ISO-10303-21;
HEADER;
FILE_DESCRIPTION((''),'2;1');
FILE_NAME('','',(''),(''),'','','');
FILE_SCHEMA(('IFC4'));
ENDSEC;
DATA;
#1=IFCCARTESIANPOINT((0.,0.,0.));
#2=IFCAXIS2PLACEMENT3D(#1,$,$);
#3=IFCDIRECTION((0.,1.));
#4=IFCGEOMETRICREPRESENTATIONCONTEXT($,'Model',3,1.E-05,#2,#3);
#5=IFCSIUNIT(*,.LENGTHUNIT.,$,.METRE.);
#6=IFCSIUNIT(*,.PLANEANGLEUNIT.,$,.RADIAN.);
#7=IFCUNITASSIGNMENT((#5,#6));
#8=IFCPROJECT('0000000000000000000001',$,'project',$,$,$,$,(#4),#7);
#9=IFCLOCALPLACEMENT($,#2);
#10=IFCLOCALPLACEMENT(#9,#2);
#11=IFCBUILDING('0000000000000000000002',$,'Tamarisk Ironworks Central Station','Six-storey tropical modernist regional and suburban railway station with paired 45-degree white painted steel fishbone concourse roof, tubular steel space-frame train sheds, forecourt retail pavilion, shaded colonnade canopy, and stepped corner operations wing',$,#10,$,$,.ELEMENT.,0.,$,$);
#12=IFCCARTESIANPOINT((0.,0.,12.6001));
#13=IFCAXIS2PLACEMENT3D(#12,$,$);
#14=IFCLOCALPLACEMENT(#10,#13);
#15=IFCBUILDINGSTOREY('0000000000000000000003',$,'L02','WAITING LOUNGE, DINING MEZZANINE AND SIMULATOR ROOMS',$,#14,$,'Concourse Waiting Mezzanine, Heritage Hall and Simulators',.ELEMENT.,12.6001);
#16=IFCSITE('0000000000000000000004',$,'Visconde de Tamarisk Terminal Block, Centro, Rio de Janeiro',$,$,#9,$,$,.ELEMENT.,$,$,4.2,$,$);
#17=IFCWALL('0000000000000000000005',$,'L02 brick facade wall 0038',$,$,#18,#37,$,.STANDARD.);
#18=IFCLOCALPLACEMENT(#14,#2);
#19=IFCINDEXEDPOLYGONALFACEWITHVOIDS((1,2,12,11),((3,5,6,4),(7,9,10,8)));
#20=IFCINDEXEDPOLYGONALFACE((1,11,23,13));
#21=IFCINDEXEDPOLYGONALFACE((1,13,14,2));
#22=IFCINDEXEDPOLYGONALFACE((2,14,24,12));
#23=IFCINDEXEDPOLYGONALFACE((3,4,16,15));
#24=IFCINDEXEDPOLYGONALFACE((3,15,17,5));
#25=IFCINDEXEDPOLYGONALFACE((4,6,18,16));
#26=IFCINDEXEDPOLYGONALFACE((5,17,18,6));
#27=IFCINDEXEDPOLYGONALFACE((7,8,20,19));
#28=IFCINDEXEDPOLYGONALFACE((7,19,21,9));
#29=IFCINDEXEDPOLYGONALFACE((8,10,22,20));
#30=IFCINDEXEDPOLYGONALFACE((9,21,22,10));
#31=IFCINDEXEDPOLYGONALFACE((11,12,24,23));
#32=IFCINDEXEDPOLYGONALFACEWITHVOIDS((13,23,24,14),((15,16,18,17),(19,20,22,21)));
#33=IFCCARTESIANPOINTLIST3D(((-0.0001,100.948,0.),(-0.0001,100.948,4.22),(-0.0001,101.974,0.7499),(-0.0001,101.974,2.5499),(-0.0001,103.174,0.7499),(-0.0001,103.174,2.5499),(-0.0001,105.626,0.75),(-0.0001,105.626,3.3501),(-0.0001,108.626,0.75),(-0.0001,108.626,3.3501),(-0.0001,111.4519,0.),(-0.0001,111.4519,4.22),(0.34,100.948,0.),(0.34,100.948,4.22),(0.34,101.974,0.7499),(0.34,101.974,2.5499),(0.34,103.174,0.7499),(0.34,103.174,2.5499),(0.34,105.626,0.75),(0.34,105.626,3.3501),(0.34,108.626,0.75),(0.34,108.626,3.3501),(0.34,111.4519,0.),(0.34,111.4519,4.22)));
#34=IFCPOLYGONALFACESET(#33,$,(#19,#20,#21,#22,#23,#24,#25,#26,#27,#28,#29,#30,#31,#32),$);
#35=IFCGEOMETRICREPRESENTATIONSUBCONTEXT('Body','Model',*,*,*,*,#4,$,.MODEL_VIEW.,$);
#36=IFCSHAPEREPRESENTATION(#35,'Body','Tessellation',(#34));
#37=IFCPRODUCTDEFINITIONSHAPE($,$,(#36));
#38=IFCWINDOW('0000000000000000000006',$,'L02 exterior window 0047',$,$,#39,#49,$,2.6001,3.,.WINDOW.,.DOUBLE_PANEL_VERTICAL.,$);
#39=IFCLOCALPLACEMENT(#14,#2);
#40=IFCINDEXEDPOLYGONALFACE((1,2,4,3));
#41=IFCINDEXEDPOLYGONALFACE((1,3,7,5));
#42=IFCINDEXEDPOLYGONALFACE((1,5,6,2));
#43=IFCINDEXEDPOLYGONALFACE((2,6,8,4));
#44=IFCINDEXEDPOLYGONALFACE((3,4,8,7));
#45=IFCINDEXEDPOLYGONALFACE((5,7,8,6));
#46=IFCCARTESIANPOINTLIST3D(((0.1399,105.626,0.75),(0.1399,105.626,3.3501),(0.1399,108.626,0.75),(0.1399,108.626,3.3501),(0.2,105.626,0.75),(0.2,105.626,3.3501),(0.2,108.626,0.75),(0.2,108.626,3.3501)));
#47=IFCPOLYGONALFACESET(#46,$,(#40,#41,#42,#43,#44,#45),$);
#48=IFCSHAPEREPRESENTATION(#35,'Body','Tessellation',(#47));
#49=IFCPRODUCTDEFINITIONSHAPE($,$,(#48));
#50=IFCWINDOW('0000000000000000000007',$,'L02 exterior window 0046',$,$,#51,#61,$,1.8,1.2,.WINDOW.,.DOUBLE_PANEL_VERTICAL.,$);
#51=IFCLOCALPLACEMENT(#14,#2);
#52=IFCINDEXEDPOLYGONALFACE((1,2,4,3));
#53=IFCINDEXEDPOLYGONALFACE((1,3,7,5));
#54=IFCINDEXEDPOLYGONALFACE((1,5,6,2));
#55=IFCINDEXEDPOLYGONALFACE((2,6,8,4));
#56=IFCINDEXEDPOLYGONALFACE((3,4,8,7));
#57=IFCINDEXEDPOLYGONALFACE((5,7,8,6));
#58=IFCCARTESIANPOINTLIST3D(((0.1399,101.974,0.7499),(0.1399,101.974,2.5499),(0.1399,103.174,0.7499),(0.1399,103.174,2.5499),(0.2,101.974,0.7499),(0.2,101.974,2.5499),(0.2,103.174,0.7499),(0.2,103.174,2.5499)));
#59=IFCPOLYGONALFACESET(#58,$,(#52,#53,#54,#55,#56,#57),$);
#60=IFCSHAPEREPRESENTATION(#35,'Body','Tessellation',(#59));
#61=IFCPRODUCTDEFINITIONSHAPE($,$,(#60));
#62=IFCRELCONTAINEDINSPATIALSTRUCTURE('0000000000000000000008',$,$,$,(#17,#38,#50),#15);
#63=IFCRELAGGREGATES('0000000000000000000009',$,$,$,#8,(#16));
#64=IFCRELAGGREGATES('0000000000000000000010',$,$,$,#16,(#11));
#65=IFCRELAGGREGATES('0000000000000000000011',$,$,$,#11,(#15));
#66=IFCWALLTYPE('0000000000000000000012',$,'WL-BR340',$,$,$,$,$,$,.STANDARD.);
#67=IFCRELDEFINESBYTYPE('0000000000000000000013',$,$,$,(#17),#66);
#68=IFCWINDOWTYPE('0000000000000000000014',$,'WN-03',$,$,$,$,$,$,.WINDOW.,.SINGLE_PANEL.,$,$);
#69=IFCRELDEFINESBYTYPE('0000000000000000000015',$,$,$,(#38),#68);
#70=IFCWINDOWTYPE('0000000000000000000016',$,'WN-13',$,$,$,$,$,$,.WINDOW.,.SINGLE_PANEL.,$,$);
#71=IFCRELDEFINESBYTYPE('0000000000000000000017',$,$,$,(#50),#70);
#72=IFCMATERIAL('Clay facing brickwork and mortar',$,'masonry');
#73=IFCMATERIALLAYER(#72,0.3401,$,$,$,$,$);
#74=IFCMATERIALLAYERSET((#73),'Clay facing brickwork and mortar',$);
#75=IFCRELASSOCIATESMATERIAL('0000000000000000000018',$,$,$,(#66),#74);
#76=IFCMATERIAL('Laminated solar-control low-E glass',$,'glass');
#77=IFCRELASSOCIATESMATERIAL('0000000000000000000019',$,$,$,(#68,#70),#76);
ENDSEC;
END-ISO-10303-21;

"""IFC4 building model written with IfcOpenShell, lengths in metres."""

from ifc_helpers import new_model, si_unit, direction, frame, frame_2d, origin, place, context, subcontext, project, spatial, rectangle, extrude, material, layer, layer_set, type_object, element, fill, save


model = new_model("IFC4")

# Units and contexts
model_context = context("Model", 3, precision=1e-05, world=origin(), true_north=direction((0.0, 1.0)))
body_context = subcontext(model_context, "Body", "Model", "MODEL_VIEW")
ifc_project = project(units=[si_unit("LENGTHUNIT", "METRE"), si_unit("PLANEANGLEUNIT", "RADIAN")], contexts=[model_context])

# Site, building, storey
site_placement = place(None, origin())
site = spatial("IfcSite", under=ifc_project, at=site_placement, Name="Visconde de Tamarisk Terminal Block, Centro, Rio de Janeiro", CompositionType="ELEMENT", RefElevation=4.2)
building_placement = place(site_placement, origin())
building = spatial("IfcBuilding", under=site, at=building_placement, Name="Tamarisk Ironworks Central Station", Description="Six-storey tropical modernist regional and suburban railway station with paired 45-degree white painted steel fishbone concourse roof, tubular steel space-frame train sheds, forecourt retail pavilion, shaded colonnade canopy, and stepped corner operations wing", CompositionType="ELEMENT", ElevationOfRefHeight=0.0)
storey_placement = place(building_placement, frame((0.0, 0.0, 12.6001)))
storey = spatial("IfcBuildingStorey", under=building, at=storey_placement, Name="L02", Description="WAITING LOUNGE, DINING MEZZANINE AND SIMULATOR ROOMS", LongName="Concourse Waiting Mezzanine, Heritage Hall and Simulators", CompositionType="ELEMENT", Elevation=12.6001)

# Shared definitions
ifc_material_1 = material(Name="Laminated solar-control low-E glass", Category="glass")

# Wall, openings, windows
ifc_material_2 = material(Name="Clay facing brickwork and mortar", Category="masonry")
ifc_layer_1 = layer(ifc_material_2, 0.3401)
ifc_layer_set_1 = layer_set([ifc_layer_1], Name="Clay facing brickwork and mortar")
wall_type = type_object("IfcWallType", Name="WL-BR340", PredefinedType="STANDARD", material=ifc_layer_set_1)
window_type_1 = type_object("IfcWindowType", Name="WN-03", PartitioningType="SINGLE_PANEL", PredefinedType="WINDOW", material=ifc_material_1)
wall_1_placement = place(storey_placement, frame((0.1699, 100.948, 0.0), z_axis=(0.0, 0.0, 1.0), x_axis=(0.0, 1.0, 0.0)))
wall_1 = element("IfcWall", 1, at=wall_1_placement, inside=storey, type_object=wall_type, Name="L02 brick facade wall 0038", PredefinedType="STANDARD", context=body_context, shape_type="SweptSolid", body=[
    extrude(rectangle(XDim=10.5039, YDim=0.3401, at=frame_2d((5.252, 0.0))), origin(), (0.0, 0.0, 1.0), 4.22),
])
opening_1_placement = place(wall_1_placement, frame((1.0259, 0.0, 0.75)))
opening_1 = element("IfcOpeningElement", 2, at=opening_1_placement, cuts=wall_1, PredefinedType="OPENING", context=body_context, shape_type="SweptSolid", body=[
    extrude(rectangle(XDim=1.2, YDim=1.8, at=frame_2d((0.6001, 0.8999))), frame((0.0, 0.1821, 0.0), z_axis=(0.0, -1.0, 0.0), x_axis=(1.0, 0.0, 0.0)), (0.0, 0.0, 1.0), 0.364),
])
opening_2_placement = place(wall_1_placement, frame((4.678, 0.0, 0.75)))
opening_2 = element("IfcOpeningElement", 3, at=opening_2_placement, cuts=wall_1, PredefinedType="OPENING", context=body_context, shape_type="SweptSolid", body=[
    extrude(rectangle(XDim=3.0, YDim=2.6001, at=frame_2d((1.5, 1.3))), frame((0.0, 0.1821, 0.0), z_axis=(0.0, -1.0, 0.0), x_axis=(1.0, 0.0, 0.0)), (0.0, 0.0, 1.0), 0.364),
])
window_1_placement = place(opening_2_placement, origin())
window_1 = element("IfcWindow", 4, at=window_1_placement, inside=storey, type_object=window_type_1, Name="L02 exterior window 0047", OverallHeight=2.6001, OverallWidth=3.0, PartitioningType="DOUBLE_PANEL_VERTICAL", PredefinedType="WINDOW", context=body_context, shape_type="SweptSolid", body=[
    extrude(rectangle(XDim=3.0, YDim=2.6001, at=frame_2d((1.5, 1.3))), frame((0.0, 0.03, 0.0), z_axis=(0.0, -1.0, 0.0), x_axis=(1.0, 0.0, 0.0)), (0.0, 0.0, 1.0), 0.0601),
])
fill(opening_2, window_1)
window_type_2 = type_object("IfcWindowType", Name="WN-13", PartitioningType="SINGLE_PANEL", PredefinedType="WINDOW", material=ifc_material_1)
window_2_placement = place(opening_1_placement, origin())
window_2 = element("IfcWindow", 5, at=window_2_placement, inside=storey, type_object=window_type_2, Name="L02 exterior window 0046", OverallHeight=1.8, OverallWidth=1.2, PartitioningType="DOUBLE_PANEL_VERTICAL", PredefinedType="WINDOW", context=body_context, shape_type="SweptSolid", body=[
    extrude(rectangle(XDim=1.2, YDim=1.8, at=frame_2d((0.6001, 0.8999))), frame((0.0, 0.03, 0.0), z_axis=(0.0, -1.0, 0.0), x_axis=(1.0, 0.0, 0.0)), (0.0, 0.0, 1.0), 0.0601),
])
fill(opening_1, window_2)

save(model, "model.ifc")
